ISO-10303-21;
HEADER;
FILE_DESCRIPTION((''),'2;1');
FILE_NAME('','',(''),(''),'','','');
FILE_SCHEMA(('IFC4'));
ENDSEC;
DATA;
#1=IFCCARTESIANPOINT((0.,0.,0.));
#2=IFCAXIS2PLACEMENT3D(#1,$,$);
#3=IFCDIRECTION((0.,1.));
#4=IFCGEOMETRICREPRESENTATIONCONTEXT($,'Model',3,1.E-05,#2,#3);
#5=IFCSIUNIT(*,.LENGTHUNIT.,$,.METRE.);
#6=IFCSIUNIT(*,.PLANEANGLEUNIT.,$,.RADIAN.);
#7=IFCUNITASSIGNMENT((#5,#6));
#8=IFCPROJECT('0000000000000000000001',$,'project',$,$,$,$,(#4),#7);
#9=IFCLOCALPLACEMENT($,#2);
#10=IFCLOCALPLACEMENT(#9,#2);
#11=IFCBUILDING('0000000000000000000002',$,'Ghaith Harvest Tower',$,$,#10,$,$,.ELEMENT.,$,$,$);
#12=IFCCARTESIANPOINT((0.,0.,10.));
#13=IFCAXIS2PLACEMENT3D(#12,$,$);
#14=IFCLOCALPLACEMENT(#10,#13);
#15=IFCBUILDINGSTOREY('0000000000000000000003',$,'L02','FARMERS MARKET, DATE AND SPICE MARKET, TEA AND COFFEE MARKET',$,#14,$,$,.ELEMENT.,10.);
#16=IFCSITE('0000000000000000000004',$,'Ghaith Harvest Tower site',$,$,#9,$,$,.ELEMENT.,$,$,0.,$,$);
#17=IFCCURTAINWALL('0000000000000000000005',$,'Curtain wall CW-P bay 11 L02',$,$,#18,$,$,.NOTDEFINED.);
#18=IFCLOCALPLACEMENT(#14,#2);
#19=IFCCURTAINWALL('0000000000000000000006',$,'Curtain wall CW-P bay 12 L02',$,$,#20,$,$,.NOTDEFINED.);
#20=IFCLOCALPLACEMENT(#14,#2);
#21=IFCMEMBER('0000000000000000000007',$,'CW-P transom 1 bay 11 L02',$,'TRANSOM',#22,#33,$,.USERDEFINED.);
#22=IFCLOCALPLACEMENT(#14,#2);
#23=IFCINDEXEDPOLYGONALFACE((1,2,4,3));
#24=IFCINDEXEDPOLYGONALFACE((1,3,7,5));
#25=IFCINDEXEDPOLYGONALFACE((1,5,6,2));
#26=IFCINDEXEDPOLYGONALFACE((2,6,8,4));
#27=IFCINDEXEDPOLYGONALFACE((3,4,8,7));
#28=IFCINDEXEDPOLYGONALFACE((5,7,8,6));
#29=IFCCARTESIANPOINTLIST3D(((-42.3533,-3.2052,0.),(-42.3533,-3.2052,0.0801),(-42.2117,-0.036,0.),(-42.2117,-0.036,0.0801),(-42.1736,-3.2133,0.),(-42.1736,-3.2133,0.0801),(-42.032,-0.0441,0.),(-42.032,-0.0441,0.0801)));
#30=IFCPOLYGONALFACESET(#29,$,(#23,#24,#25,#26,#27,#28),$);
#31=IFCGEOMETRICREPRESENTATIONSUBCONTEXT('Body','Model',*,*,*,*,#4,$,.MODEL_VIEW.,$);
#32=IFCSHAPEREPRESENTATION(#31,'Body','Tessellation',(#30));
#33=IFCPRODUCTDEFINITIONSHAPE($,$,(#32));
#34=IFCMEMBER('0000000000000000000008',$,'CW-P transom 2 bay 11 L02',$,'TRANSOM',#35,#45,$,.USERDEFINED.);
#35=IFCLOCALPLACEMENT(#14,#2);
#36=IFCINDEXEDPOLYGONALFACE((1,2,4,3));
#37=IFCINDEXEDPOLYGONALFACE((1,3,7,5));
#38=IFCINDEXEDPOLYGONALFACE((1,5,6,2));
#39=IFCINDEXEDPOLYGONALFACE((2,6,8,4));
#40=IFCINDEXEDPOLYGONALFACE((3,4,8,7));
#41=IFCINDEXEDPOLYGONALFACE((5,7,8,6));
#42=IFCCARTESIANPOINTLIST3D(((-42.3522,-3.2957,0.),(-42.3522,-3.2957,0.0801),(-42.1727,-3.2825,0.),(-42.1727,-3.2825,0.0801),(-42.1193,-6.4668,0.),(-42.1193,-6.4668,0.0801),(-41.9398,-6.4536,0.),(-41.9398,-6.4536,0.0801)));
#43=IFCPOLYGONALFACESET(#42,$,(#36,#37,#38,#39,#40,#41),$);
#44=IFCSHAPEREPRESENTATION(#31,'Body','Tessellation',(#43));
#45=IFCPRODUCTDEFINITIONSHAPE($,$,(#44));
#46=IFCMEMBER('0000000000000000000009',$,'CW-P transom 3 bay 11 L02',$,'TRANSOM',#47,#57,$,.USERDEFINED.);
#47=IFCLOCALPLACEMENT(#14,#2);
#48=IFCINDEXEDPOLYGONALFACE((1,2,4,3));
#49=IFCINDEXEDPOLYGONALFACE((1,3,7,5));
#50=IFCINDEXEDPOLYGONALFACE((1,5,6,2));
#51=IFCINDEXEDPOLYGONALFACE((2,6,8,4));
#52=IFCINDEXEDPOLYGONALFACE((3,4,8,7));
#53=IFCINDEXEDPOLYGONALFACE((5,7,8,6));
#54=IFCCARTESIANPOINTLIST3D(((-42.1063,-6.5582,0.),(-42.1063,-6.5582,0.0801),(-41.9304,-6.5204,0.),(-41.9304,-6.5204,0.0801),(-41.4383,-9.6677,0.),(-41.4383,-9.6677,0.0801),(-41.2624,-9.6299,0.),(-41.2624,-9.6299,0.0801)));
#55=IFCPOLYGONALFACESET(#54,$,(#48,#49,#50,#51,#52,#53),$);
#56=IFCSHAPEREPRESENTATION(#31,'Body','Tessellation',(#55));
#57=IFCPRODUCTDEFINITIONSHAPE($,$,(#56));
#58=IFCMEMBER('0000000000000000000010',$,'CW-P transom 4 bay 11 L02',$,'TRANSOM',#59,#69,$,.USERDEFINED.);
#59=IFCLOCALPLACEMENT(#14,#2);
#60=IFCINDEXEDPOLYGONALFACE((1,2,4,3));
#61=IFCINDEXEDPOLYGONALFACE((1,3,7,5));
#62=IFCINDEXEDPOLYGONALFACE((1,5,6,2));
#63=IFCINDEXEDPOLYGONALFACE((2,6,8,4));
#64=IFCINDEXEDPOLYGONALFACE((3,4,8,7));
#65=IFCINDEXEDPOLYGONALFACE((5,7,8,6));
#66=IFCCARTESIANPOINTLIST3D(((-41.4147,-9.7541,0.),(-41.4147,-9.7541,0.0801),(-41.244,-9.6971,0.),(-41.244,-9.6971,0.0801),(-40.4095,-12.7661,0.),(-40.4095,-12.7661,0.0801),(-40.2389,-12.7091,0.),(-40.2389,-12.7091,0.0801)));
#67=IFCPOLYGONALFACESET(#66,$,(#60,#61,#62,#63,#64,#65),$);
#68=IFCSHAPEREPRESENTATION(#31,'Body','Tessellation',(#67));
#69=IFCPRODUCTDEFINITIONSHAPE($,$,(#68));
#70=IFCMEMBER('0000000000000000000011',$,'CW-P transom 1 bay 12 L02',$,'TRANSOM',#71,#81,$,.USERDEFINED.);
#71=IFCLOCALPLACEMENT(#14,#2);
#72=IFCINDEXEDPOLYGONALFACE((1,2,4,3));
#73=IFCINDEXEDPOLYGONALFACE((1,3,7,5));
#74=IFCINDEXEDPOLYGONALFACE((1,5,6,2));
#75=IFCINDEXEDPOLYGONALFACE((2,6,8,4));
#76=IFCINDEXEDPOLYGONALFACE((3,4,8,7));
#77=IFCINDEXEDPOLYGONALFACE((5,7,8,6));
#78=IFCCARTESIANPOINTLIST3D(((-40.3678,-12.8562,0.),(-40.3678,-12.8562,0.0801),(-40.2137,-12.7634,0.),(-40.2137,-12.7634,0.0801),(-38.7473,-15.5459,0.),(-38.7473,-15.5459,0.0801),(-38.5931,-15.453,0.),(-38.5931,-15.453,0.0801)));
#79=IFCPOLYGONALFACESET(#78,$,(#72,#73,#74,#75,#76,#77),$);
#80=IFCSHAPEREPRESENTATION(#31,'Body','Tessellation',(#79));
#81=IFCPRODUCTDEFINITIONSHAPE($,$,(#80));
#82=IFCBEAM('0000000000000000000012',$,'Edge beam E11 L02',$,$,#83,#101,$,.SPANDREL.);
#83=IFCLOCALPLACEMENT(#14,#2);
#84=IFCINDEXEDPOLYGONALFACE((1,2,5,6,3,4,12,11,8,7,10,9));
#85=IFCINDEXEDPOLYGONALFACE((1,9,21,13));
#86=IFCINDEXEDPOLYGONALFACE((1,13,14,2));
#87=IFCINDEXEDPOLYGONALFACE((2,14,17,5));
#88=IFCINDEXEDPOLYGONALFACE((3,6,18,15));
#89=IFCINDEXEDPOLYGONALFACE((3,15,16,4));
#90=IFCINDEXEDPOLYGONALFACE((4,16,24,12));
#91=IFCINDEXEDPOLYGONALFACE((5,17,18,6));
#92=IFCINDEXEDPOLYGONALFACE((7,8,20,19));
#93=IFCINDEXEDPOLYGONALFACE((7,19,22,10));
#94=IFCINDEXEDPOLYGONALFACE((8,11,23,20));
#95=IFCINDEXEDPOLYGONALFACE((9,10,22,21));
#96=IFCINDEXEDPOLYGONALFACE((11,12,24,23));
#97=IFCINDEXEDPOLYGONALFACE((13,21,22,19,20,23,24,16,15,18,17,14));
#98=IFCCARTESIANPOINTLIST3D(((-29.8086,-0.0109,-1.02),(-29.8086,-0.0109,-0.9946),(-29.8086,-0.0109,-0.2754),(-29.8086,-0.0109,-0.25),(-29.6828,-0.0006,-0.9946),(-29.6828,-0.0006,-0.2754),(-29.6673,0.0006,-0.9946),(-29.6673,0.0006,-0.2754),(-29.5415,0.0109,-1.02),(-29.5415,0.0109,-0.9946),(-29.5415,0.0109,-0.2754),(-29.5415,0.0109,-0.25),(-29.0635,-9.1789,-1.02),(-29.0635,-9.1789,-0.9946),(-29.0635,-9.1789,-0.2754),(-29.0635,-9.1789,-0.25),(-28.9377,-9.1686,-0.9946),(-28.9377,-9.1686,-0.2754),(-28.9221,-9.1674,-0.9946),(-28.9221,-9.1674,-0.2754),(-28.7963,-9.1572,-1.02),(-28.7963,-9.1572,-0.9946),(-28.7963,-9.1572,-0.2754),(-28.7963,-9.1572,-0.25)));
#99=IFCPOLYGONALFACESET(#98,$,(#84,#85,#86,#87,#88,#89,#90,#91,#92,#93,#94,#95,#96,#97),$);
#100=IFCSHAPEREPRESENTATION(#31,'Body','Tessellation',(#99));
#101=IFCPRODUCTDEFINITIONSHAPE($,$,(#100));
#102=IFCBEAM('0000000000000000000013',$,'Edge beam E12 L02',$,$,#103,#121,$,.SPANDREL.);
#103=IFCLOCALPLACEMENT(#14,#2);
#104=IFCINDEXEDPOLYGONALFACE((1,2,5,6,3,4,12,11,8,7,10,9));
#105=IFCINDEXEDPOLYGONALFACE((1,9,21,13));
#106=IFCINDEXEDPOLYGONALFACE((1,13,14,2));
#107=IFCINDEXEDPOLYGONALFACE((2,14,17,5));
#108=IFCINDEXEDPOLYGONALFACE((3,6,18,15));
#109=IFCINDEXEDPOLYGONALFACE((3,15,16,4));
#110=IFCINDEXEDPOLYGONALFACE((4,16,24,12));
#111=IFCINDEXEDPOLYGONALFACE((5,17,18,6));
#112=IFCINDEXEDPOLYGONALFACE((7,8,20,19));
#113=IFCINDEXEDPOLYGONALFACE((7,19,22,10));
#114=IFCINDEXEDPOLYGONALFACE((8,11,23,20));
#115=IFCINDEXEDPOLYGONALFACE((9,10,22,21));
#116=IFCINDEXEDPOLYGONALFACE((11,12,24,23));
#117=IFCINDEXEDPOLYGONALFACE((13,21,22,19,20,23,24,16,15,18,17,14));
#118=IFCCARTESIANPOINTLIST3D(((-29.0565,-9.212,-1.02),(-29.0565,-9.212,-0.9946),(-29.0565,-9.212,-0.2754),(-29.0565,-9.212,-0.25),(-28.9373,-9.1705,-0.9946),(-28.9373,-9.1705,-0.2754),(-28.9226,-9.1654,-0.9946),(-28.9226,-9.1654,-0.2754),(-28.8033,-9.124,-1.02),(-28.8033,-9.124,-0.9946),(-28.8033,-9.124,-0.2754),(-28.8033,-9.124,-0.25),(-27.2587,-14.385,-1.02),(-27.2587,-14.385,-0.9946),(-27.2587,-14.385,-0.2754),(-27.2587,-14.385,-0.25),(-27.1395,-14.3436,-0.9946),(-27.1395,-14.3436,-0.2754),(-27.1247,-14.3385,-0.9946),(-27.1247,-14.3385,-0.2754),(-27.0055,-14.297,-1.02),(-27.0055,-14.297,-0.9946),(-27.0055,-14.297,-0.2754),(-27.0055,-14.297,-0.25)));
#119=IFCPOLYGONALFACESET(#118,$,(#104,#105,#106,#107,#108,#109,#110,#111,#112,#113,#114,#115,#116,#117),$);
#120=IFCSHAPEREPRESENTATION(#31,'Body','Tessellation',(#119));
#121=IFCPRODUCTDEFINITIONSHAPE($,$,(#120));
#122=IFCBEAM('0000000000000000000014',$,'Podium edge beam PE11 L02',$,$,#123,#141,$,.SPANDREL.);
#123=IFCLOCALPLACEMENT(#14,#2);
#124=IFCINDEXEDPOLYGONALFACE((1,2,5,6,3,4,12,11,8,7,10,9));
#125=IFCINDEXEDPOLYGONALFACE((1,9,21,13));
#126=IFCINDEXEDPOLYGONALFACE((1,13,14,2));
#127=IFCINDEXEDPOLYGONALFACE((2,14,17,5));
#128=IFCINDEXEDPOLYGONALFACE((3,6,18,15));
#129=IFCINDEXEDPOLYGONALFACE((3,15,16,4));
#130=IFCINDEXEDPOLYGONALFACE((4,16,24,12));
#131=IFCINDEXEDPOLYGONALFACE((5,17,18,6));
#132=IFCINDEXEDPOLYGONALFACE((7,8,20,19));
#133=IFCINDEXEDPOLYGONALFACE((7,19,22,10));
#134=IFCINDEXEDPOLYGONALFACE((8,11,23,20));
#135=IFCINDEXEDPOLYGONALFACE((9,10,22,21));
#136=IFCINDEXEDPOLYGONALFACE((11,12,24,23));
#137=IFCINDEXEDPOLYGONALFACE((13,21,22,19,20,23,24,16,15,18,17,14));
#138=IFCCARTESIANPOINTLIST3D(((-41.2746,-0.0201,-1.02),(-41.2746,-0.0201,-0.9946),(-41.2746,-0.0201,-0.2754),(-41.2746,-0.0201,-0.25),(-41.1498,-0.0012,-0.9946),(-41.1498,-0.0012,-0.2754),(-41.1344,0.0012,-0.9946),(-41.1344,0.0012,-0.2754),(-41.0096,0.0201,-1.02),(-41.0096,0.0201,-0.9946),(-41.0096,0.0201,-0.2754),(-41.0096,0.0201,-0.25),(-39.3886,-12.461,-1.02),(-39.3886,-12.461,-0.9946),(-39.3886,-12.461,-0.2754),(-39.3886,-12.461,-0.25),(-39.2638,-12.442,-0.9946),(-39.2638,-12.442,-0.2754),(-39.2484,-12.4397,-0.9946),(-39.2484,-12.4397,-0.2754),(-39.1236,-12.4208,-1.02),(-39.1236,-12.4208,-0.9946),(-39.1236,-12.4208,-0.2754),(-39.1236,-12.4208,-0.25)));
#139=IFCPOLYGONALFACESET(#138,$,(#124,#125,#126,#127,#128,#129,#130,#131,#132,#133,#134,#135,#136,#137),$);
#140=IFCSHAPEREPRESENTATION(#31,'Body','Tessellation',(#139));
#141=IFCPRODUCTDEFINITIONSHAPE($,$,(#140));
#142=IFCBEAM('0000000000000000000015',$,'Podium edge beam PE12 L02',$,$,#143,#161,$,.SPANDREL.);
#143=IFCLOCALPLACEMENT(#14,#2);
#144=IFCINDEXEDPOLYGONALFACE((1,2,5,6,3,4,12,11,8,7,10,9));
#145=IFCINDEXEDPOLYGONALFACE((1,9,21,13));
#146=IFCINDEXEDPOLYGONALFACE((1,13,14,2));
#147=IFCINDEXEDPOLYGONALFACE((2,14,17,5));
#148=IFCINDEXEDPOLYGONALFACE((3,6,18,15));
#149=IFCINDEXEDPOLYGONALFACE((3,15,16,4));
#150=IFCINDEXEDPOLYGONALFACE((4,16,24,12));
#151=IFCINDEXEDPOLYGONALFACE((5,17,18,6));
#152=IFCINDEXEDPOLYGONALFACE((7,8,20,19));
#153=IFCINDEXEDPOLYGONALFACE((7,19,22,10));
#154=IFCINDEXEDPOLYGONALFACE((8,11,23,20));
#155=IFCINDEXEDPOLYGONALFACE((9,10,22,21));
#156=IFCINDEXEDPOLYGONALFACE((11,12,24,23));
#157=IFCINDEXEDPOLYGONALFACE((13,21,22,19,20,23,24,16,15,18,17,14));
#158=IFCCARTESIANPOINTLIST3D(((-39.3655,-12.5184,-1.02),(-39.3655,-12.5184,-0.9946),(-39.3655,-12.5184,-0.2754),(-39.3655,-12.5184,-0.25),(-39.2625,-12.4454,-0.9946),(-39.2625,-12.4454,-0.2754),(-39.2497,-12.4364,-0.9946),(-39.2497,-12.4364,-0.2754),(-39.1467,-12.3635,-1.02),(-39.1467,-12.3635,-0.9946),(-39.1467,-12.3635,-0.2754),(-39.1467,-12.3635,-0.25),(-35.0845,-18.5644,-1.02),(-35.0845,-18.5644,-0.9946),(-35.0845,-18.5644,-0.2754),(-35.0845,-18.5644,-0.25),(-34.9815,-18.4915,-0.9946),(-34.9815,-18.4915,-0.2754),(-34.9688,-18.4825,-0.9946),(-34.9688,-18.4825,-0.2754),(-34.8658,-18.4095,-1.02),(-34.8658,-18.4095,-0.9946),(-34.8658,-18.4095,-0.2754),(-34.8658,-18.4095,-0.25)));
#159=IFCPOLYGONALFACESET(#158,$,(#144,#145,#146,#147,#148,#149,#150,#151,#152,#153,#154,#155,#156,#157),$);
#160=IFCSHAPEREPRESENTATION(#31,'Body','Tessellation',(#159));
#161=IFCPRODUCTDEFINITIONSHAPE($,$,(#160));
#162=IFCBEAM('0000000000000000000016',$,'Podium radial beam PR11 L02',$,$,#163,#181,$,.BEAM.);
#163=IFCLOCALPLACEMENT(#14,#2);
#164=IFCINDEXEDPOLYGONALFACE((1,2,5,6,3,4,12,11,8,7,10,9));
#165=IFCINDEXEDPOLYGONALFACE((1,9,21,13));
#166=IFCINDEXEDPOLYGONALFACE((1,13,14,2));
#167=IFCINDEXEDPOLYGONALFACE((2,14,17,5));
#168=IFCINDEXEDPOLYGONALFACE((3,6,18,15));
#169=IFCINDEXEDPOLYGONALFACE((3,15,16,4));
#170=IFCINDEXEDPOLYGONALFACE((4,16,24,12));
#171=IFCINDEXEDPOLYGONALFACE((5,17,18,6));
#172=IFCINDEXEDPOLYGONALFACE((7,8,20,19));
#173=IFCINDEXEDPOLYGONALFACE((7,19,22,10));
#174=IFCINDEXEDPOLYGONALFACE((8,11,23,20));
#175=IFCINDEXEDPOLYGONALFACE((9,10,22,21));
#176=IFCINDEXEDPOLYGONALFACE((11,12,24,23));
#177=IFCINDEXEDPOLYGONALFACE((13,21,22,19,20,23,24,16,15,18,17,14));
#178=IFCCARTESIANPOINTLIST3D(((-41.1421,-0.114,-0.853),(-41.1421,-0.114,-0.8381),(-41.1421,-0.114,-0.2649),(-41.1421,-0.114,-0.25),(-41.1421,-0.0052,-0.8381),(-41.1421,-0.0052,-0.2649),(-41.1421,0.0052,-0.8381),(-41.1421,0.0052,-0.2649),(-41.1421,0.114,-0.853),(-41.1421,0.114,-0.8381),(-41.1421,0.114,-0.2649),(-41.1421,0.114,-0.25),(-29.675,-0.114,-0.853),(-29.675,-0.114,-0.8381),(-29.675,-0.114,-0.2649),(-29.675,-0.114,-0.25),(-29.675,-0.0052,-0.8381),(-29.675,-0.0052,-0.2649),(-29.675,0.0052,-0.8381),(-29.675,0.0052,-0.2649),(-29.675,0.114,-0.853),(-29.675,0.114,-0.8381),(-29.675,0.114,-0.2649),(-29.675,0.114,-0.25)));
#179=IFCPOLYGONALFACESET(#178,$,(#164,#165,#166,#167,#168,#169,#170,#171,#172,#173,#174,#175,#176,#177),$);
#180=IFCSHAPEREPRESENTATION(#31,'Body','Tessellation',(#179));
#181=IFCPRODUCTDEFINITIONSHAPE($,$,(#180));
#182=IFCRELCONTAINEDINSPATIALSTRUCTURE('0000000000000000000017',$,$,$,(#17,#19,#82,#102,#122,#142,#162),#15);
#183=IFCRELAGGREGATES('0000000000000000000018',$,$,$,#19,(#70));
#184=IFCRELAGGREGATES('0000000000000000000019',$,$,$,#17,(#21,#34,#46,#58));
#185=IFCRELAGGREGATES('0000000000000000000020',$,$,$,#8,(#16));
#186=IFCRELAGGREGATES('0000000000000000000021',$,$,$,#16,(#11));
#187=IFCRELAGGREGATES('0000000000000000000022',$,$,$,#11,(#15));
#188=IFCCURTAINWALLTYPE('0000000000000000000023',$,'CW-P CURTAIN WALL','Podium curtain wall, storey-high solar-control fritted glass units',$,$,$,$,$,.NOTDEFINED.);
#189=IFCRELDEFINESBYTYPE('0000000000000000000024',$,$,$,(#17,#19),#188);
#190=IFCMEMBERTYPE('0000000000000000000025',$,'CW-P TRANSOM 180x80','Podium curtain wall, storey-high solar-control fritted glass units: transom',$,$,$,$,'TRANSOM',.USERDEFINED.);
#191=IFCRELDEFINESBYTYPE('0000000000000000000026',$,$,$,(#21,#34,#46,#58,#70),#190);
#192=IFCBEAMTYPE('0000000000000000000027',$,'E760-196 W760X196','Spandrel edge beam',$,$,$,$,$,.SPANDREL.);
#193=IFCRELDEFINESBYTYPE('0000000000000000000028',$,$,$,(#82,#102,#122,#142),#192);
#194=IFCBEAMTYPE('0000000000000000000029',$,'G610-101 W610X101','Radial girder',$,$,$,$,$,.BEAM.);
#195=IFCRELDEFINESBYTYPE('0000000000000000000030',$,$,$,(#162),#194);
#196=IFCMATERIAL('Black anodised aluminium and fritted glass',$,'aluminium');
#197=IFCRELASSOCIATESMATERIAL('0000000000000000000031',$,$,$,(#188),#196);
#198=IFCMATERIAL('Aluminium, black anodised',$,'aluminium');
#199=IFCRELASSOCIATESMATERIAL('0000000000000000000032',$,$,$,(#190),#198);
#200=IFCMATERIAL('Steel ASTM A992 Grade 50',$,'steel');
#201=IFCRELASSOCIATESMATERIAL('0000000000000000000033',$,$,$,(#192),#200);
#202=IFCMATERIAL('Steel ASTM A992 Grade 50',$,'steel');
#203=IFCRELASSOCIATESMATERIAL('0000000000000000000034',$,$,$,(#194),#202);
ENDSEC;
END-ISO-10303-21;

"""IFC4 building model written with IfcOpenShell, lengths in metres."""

from ifc_helpers import new_model, si_unit, direction, frame, origin, origin_2d, place, context, subcontext, project, spatial, rectangle, i_section, extrude, material, material_profile, profile_set, type_object, element, aggregate, save


model = new_model("IFC4")

# Units and contexts
model_context = context("Model", 3, precision=1e-05, world=origin(), true_north=direction((0.0, 1.0)))
body_context = subcontext(model_context, "Body", "Model", "MODEL_VIEW")
ifc_project = project(units=[si_unit("LENGTHUNIT", "METRE"), si_unit("PLANEANGLEUNIT", "RADIAN")], contexts=[model_context])

# Site, building, storey
site_placement = place(None, origin())
site = spatial("IfcSite", under=ifc_project, at=site_placement, Name="Ghaith Harvest Tower site", CompositionType="ELEMENT", RefElevation=0.0)
building_placement = place(site_placement, origin())
building = spatial("IfcBuilding", under=site, at=building_placement, Name="Ghaith Harvest Tower", CompositionType="ELEMENT")
storey_placement = place(building_placement, frame((0.0, 0.0, 10.0)))
storey = spatial("IfcBuildingStorey", under=building, at=storey_placement, Name="L02", Description="FARMERS MARKET, DATE AND SPICE MARKET, TEA AND COFFEE MARKET", CompositionType="ELEMENT", Elevation=10.0)

# Curtain wall
ifc_material_1 = material(Name="Black anodised aluminium and fritted glass", Category="aluminium")
curtain_wall_type = type_object("IfcCurtainWallType", Name="CW-P CURTAIN WALL", Description="Podium curtain wall, storey-high solar-control fritted glass units", PredefinedType="NOTDEFINED", material=ifc_material_1)
curtain_wall_1_placement = place(storey_placement, origin())
curtain_wall_1 = element("IfcCurtainWall", 1, at=curtain_wall_1_placement, inside=storey, type_object=curtain_wall_type, Name="Curtain wall CW-P bay 11 L02", PredefinedType="NOTDEFINED")

# Curtain wall
curtain_wall_2_placement = place(storey_placement, origin())
curtain_wall_2 = element("IfcCurtainWall", 2, at=curtain_wall_2_placement, inside=storey, type_object=curtain_wall_type, Name="Curtain wall CW-P bay 12 L02", PredefinedType="NOTDEFINED")

# Members
ifc_material_2 = material(Name="Aluminium, black anodised", Category="aluminium")
ifc_material_profile_1 = material_profile(ifc_material_2, rectangle(XDim=0.1799, YDim=0.0801, at=origin_2d()), Name="CW-P TRANSOM 180x80")
ifc_profile_set_1 = profile_set([ifc_material_profile_1], Name="Aluminium, black anodised")
member_type_1 = type_object("IfcMemberType", Name="CW-P TRANSOM 180x80", Description="Podium curtain wall, storey-high solar-control fritted glass units: transom", ElementType="TRANSOM", PredefinedType="USERDEFINED", material=ifc_profile_set_1)
member_1_placement = place(storey_placement, frame((-42.1218, -0.04, 0.04), z_axis=(-0.044636, -0.999003, 0.0), x_axis=(0.999003, -0.044636, 0.0)))
member_1 = element("IfcMember", 3, at=member_1_placement, type_object=member_type_1, Name="CW-P transom 1 bay 11 L02", ObjectType="TRANSOM", PredefinedType="USERDEFINED", context=body_context, shape_type="SweptSolid", body=[
    extrude(rectangle(XDim=0.1799, YDim=0.0801, at=origin_2d()), origin(), (0.0, 0.0, 1.0), 3.1724),
])
member_2_placement = place(storey_placement, frame((-42.2625, -3.2891, 0.04), z_axis=(0.073249, -0.997314, 0.0), x_axis=(0.997314, 0.073249, 0.0)))
member_2 = element("IfcMember", 4, at=member_2_placement, type_object=member_type_1, Name="CW-P transom 2 bay 11 L02", ObjectType="TRANSOM", PredefinedType="USERDEFINED", context=body_context, shape_type="SweptSolid", body=[
    extrude(rectangle(XDim=0.1799, YDim=0.0801, at=origin_2d()), origin(), (0.0, 0.0, 1.0), 3.1797),
])
member_3_placement = place(storey_placement, frame((-42.0183, -6.5393, 0.04), z_axis=(0.210032, -0.977694, 0.0), x_axis=(0.977694, 0.210032, 0.0)))
member_3 = element("IfcMember", 5, at=member_3_placement, type_object=member_type_1, Name="CW-P transom 3 bay 11 L02", ObjectType="TRANSOM", PredefinedType="USERDEFINED", context=body_context, shape_type="SweptSolid", body=[
    extrude(rectangle(XDim=0.1799, YDim=0.0801, at=origin_2d()), origin(), (0.0, 0.0, 1.0), 3.1804),
])
member_4_placement = place(storey_placement, frame((-41.3293, -9.7256, 0.04), z_axis=(0.316551, -0.948576, 0.0), x_axis=(0.948576, 0.316551, 0.0)))
member_4 = element("IfcMember", 6, at=member_4_placement, type_object=member_type_1, Name="CW-P transom 4 bay 11 L02", ObjectType="TRANSOM", PredefinedType="USERDEFINED", context=body_context, shape_type="SweptSolid", body=[
    extrude(rectangle(XDim=0.1799, YDim=0.0801, at=origin_2d()), origin(), (0.0, 0.0, 1.0), 3.1753),
])
member_5_placement = place(storey_placement, frame((-40.2908, -12.8098, 0.04), z_axis=(0.516084, -0.856538, 0.0), x_axis=(0.856538, 0.516084, 0.0)))
member_5 = element("IfcMember", 7, at=member_5_placement, type_object=member_type_1, Name="CW-P transom 1 bay 12 L02", ObjectType="TRANSOM", PredefinedType="USERDEFINED", context=body_context, shape_type="SweptSolid", body=[
    extrude(rectangle(XDim=0.1799, YDim=0.0801, at=origin_2d()), origin(), (0.0, 0.0, 1.0), 3.1401),
])
aggregate(curtain_wall_2, [member_5])

# Beams
ifc_material_3 = material(Name="Steel ASTM A992 Grade 50", Category="steel")
ifc_material_profile_2 = material_profile(ifc_material_3, i_section(OverallWidth=0.2681, OverallDepth=0.77, WebThickness=0.0156, FlangeThickness=0.0254, at=origin_2d()), Name="W760X196")
ifc_profile_set_2 = profile_set([ifc_material_profile_2], Name="Steel ASTM A992 Grade 50")
beam_type_1 = type_object("IfcBeamType", Name="E760-196 W760X196", Description="Spandrel edge beam", PredefinedType="SPANDREL", material=ifc_profile_set_2)
beam_1_placement = place(storey_placement, frame((-29.675, 0.0, -0.635), z_axis=(0.081007, -0.996714, 0.0), x_axis=(0.996714, 0.081007, 0.0)))
element("IfcBeam", 8, at=beam_1_placement, inside=storey, type_object=beam_type_1, Name="Edge beam E11 L02", PredefinedType="SPANDREL", context=body_context, shape_type="SweptSolid", body=[
    extrude(i_section(OverallWidth=0.2681, OverallDepth=0.77, WebThickness=0.0156, FlangeThickness=0.0254, at=origin_2d()), origin(), (0.0, 0.0, 1.0), 9.1982),
])
beam_2_placement = place(storey_placement, frame((-28.9299, -9.168, -0.635), z_axis=(0.328279, -0.944581, 0.0), x_axis=(0.944581, 0.328279, 0.0)))
element("IfcBeam", 9, at=beam_2_placement, inside=storey, type_object=beam_type_1, Name="Edge beam E12 L02", PredefinedType="SPANDREL", context=body_context, shape_type="SweptSolid", body=[
    extrude(i_section(OverallWidth=0.2681, OverallDepth=0.77, WebThickness=0.0156, FlangeThickness=0.0254, at=origin_2d()), origin(), (0.0, 0.0, 1.0), 5.4766),
])
beam_3_placement = place(storey_placement, frame((-41.1421, 0.0, -0.635), z_axis=(0.149883, -0.988704, 0.0), x_axis=(0.988704, 0.149883, 0.0)))
element("IfcBeam", 10, at=beam_3_placement, inside=storey, type_object=beam_type_1, Name="Podium edge beam PE11 L02", PredefinedType="SPANDREL", context=body_context, shape_type="SweptSolid", body=[
    extrude(i_section(OverallWidth=0.2681, OverallDepth=0.77, WebThickness=0.0156, FlangeThickness=0.0254, at=origin_2d()), origin(), (0.0, 0.0, 1.0), 12.583),
])
beam_4_placement = place(storey_placement, frame((-39.2561, -12.4409, -0.635), z_axis=(0.577866, -0.816131, 0.0), x_axis=(0.816131, 0.577866, 0.0)))
element("IfcBeam", 11, at=beam_4_placement, inside=storey, type_object=beam_type_1, Name="Podium edge beam PE12 L02", PredefinedType="SPANDREL", context=body_context, shape_type="SweptSolid", body=[
    extrude(i_section(OverallWidth=0.2681, OverallDepth=0.77, WebThickness=0.0156, FlangeThickness=0.0254, at=origin_2d()), origin(), (0.0, 0.0, 1.0), 7.4082),
])
ifc_material_4 = material(Name="Steel ASTM A992 Grade 50", Category="steel")
ifc_material_profile_3 = material_profile(ifc_material_4, i_section(OverallWidth=0.228, OverallDepth=0.603, WebThickness=0.0105, FlangeThickness=0.0149, at=origin_2d()), Name="W610X101")
ifc_profile_set_3 = profile_set([ifc_material_profile_3], Name="Steel ASTM A992 Grade 50")
beam_type_2 = type_object("IfcBeamType", Name="G610-101 W610X101", Description="Radial girder", PredefinedType="BEAM", material=ifc_profile_set_3)
beam_5_placement = place(storey_placement, frame((-29.675, 0.0, -0.5515), z_axis=(-1.0, 0.0, 0.0), x_axis=(0.0, -1.0, 0.0)))
element("IfcBeam", 12, at=beam_5_placement, inside=storey, type_object=beam_type_2, Name="Podium radial beam PR11 L02", PredefinedType="BEAM", context=body_context, shape_type="SweptSolid", body=[
    extrude(i_section(OverallWidth=0.228, OverallDepth=0.603, WebThickness=0.0105, FlangeThickness=0.0149, at=origin_2d()), origin(), (0.0, 0.0, 1.0), 11.467),
])

aggregate(curtain_wall_1, [member_1, member_2, member_3, member_4])

save(model, "model.ifc")
